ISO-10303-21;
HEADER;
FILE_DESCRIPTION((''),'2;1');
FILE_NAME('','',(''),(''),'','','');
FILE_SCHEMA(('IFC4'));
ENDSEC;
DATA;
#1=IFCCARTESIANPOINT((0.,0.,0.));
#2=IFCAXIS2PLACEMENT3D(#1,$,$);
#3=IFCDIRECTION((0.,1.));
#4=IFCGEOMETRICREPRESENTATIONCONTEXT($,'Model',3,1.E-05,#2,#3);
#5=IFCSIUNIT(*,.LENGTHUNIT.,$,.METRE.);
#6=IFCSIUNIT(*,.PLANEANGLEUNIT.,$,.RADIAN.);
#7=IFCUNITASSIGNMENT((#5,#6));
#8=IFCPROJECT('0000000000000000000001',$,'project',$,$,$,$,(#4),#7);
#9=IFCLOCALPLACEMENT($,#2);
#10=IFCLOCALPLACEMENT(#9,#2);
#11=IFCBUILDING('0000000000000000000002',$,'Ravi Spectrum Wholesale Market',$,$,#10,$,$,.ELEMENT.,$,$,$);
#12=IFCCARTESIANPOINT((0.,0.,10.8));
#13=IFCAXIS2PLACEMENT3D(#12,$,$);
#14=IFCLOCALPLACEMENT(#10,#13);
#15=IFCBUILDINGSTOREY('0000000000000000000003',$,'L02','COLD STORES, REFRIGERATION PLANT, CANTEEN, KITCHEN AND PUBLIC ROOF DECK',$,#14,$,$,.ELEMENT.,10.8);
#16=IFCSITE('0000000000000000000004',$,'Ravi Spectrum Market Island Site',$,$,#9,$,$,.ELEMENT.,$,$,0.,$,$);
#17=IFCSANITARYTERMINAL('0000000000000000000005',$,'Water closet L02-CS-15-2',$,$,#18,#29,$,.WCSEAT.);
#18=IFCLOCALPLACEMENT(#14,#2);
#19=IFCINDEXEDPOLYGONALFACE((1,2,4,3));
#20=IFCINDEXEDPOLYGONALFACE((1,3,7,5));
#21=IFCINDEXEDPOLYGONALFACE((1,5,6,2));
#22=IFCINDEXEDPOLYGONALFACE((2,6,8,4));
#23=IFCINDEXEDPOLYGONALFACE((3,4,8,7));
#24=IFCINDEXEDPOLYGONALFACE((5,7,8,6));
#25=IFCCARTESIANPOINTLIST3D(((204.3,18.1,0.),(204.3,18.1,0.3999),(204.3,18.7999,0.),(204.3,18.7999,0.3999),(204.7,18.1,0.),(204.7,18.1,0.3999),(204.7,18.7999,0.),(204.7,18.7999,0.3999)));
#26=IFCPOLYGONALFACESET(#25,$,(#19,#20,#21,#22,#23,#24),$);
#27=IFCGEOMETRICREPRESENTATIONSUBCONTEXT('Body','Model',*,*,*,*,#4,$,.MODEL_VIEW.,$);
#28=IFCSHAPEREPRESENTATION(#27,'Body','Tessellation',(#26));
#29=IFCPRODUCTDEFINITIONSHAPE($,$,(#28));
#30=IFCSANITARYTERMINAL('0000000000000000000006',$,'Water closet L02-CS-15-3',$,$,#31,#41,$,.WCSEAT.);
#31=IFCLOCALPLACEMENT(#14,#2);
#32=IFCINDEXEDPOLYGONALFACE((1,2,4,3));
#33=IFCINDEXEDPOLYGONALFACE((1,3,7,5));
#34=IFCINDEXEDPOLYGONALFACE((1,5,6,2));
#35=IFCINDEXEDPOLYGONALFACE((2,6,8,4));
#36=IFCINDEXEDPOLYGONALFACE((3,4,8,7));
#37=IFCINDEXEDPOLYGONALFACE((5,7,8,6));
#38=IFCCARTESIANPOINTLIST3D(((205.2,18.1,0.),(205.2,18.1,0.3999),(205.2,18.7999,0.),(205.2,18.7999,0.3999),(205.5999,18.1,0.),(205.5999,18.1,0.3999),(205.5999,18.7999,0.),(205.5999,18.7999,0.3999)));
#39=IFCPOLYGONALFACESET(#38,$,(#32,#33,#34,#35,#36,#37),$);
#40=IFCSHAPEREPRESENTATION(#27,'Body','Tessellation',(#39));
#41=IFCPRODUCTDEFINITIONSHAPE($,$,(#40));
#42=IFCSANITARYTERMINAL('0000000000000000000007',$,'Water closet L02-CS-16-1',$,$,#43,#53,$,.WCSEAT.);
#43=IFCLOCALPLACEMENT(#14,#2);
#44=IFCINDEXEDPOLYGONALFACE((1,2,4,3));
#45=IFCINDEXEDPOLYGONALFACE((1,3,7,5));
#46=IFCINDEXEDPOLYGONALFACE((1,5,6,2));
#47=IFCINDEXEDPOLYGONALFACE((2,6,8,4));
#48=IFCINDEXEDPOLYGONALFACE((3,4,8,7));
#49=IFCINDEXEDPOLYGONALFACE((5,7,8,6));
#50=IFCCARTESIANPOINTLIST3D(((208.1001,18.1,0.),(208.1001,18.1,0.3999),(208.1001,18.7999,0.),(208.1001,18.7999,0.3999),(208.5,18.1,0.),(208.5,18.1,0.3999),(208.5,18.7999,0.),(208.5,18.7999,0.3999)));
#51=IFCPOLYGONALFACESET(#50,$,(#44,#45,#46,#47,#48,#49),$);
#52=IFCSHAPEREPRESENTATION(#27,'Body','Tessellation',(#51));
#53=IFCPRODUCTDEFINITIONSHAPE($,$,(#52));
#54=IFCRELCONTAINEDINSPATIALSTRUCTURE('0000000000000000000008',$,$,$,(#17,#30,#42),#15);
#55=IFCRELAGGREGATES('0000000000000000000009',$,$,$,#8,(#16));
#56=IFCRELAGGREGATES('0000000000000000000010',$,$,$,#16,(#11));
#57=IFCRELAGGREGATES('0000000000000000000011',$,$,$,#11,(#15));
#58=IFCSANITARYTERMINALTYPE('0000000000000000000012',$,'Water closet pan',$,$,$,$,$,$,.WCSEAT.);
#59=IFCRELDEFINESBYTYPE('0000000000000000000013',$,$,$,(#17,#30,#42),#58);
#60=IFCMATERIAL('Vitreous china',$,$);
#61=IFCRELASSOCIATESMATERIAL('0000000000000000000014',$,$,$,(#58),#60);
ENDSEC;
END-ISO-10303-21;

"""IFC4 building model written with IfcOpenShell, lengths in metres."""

from ifc_helpers import new_model, si_unit, direction, frame, origin, origin_2d, place, context, subcontext, project, spatial, rectangle, extrude, material, type_object, element, save


model = new_model("IFC4")

# Units and contexts
model_context = context("Model", 3, precision=1e-05, world=origin(), true_north=direction((0.0, 1.0)))
body_context = subcontext(model_context, "Body", "Model", "MODEL_VIEW")
ifc_project = project(units=[si_unit("LENGTHUNIT", "METRE"), si_unit("PLANEANGLEUNIT", "RADIAN")], contexts=[model_context])

# Site, building, storey
site_placement = place(None, origin())
site = spatial("IfcSite", under=ifc_project, at=site_placement, Name="Ravi Spectrum Market Island Site", CompositionType="ELEMENT", RefElevation=0.0)
building_placement = place(site_placement, origin())
building = spatial("IfcBuilding", under=site, at=building_placement, Name="Ravi Spectrum Wholesale Market", CompositionType="ELEMENT")
storey_placement = place(building_placement, frame((0.0, 0.0, 10.8)))
storey = spatial("IfcBuildingStorey", under=building, at=storey_placement, Name="L02", Description="COLD STORES, REFRIGERATION PLANT, CANTEEN, KITCHEN AND PUBLIC ROOF DECK", CompositionType="ELEMENT", Elevation=10.8)

# Sanitary terminals
ifc_material_1 = material(Name="Vitreous china")
sanitary_terminal_type_1 = type_object("IfcSanitaryTerminalType", Name="Water closet pan", PredefinedType="WCSEAT", material=ifc_material_1)
for number, where, z_axis, x_axis, name in (
    (1, (204.5, 18.45, 0.0), (0.0, 0.0, 1.0), (1.0, 0.0, 0.0), "Water closet L02-CS-15-2"),
    (2, (205.3999, 18.45, 0.0), (0.0, 0.0, 1.0), (1.0, 0.0, 0.0), "Water closet L02-CS-15-3"),
    (3, (208.3, 18.45, 0.0), (0.0, 0.0, 1.0), (1.0, 0.0, 0.0), "Water closet L02-CS-16-1"),
):
    element("IfcSanitaryTerminal", number, at=place(storey_placement, frame(where, z_axis=z_axis, x_axis=x_axis)), inside=storey, type_object=sanitary_terminal_type_1, Name=name, PredefinedType="WCSEAT", context=body_context, shape_type="SweptSolid", body=[
        extrude(rectangle(XDim=0.3999, YDim=0.7, at=origin_2d()), origin(), (0.0, 0.0, 1.0), 0.3999),
    ])

save(model, "model.ifc")
